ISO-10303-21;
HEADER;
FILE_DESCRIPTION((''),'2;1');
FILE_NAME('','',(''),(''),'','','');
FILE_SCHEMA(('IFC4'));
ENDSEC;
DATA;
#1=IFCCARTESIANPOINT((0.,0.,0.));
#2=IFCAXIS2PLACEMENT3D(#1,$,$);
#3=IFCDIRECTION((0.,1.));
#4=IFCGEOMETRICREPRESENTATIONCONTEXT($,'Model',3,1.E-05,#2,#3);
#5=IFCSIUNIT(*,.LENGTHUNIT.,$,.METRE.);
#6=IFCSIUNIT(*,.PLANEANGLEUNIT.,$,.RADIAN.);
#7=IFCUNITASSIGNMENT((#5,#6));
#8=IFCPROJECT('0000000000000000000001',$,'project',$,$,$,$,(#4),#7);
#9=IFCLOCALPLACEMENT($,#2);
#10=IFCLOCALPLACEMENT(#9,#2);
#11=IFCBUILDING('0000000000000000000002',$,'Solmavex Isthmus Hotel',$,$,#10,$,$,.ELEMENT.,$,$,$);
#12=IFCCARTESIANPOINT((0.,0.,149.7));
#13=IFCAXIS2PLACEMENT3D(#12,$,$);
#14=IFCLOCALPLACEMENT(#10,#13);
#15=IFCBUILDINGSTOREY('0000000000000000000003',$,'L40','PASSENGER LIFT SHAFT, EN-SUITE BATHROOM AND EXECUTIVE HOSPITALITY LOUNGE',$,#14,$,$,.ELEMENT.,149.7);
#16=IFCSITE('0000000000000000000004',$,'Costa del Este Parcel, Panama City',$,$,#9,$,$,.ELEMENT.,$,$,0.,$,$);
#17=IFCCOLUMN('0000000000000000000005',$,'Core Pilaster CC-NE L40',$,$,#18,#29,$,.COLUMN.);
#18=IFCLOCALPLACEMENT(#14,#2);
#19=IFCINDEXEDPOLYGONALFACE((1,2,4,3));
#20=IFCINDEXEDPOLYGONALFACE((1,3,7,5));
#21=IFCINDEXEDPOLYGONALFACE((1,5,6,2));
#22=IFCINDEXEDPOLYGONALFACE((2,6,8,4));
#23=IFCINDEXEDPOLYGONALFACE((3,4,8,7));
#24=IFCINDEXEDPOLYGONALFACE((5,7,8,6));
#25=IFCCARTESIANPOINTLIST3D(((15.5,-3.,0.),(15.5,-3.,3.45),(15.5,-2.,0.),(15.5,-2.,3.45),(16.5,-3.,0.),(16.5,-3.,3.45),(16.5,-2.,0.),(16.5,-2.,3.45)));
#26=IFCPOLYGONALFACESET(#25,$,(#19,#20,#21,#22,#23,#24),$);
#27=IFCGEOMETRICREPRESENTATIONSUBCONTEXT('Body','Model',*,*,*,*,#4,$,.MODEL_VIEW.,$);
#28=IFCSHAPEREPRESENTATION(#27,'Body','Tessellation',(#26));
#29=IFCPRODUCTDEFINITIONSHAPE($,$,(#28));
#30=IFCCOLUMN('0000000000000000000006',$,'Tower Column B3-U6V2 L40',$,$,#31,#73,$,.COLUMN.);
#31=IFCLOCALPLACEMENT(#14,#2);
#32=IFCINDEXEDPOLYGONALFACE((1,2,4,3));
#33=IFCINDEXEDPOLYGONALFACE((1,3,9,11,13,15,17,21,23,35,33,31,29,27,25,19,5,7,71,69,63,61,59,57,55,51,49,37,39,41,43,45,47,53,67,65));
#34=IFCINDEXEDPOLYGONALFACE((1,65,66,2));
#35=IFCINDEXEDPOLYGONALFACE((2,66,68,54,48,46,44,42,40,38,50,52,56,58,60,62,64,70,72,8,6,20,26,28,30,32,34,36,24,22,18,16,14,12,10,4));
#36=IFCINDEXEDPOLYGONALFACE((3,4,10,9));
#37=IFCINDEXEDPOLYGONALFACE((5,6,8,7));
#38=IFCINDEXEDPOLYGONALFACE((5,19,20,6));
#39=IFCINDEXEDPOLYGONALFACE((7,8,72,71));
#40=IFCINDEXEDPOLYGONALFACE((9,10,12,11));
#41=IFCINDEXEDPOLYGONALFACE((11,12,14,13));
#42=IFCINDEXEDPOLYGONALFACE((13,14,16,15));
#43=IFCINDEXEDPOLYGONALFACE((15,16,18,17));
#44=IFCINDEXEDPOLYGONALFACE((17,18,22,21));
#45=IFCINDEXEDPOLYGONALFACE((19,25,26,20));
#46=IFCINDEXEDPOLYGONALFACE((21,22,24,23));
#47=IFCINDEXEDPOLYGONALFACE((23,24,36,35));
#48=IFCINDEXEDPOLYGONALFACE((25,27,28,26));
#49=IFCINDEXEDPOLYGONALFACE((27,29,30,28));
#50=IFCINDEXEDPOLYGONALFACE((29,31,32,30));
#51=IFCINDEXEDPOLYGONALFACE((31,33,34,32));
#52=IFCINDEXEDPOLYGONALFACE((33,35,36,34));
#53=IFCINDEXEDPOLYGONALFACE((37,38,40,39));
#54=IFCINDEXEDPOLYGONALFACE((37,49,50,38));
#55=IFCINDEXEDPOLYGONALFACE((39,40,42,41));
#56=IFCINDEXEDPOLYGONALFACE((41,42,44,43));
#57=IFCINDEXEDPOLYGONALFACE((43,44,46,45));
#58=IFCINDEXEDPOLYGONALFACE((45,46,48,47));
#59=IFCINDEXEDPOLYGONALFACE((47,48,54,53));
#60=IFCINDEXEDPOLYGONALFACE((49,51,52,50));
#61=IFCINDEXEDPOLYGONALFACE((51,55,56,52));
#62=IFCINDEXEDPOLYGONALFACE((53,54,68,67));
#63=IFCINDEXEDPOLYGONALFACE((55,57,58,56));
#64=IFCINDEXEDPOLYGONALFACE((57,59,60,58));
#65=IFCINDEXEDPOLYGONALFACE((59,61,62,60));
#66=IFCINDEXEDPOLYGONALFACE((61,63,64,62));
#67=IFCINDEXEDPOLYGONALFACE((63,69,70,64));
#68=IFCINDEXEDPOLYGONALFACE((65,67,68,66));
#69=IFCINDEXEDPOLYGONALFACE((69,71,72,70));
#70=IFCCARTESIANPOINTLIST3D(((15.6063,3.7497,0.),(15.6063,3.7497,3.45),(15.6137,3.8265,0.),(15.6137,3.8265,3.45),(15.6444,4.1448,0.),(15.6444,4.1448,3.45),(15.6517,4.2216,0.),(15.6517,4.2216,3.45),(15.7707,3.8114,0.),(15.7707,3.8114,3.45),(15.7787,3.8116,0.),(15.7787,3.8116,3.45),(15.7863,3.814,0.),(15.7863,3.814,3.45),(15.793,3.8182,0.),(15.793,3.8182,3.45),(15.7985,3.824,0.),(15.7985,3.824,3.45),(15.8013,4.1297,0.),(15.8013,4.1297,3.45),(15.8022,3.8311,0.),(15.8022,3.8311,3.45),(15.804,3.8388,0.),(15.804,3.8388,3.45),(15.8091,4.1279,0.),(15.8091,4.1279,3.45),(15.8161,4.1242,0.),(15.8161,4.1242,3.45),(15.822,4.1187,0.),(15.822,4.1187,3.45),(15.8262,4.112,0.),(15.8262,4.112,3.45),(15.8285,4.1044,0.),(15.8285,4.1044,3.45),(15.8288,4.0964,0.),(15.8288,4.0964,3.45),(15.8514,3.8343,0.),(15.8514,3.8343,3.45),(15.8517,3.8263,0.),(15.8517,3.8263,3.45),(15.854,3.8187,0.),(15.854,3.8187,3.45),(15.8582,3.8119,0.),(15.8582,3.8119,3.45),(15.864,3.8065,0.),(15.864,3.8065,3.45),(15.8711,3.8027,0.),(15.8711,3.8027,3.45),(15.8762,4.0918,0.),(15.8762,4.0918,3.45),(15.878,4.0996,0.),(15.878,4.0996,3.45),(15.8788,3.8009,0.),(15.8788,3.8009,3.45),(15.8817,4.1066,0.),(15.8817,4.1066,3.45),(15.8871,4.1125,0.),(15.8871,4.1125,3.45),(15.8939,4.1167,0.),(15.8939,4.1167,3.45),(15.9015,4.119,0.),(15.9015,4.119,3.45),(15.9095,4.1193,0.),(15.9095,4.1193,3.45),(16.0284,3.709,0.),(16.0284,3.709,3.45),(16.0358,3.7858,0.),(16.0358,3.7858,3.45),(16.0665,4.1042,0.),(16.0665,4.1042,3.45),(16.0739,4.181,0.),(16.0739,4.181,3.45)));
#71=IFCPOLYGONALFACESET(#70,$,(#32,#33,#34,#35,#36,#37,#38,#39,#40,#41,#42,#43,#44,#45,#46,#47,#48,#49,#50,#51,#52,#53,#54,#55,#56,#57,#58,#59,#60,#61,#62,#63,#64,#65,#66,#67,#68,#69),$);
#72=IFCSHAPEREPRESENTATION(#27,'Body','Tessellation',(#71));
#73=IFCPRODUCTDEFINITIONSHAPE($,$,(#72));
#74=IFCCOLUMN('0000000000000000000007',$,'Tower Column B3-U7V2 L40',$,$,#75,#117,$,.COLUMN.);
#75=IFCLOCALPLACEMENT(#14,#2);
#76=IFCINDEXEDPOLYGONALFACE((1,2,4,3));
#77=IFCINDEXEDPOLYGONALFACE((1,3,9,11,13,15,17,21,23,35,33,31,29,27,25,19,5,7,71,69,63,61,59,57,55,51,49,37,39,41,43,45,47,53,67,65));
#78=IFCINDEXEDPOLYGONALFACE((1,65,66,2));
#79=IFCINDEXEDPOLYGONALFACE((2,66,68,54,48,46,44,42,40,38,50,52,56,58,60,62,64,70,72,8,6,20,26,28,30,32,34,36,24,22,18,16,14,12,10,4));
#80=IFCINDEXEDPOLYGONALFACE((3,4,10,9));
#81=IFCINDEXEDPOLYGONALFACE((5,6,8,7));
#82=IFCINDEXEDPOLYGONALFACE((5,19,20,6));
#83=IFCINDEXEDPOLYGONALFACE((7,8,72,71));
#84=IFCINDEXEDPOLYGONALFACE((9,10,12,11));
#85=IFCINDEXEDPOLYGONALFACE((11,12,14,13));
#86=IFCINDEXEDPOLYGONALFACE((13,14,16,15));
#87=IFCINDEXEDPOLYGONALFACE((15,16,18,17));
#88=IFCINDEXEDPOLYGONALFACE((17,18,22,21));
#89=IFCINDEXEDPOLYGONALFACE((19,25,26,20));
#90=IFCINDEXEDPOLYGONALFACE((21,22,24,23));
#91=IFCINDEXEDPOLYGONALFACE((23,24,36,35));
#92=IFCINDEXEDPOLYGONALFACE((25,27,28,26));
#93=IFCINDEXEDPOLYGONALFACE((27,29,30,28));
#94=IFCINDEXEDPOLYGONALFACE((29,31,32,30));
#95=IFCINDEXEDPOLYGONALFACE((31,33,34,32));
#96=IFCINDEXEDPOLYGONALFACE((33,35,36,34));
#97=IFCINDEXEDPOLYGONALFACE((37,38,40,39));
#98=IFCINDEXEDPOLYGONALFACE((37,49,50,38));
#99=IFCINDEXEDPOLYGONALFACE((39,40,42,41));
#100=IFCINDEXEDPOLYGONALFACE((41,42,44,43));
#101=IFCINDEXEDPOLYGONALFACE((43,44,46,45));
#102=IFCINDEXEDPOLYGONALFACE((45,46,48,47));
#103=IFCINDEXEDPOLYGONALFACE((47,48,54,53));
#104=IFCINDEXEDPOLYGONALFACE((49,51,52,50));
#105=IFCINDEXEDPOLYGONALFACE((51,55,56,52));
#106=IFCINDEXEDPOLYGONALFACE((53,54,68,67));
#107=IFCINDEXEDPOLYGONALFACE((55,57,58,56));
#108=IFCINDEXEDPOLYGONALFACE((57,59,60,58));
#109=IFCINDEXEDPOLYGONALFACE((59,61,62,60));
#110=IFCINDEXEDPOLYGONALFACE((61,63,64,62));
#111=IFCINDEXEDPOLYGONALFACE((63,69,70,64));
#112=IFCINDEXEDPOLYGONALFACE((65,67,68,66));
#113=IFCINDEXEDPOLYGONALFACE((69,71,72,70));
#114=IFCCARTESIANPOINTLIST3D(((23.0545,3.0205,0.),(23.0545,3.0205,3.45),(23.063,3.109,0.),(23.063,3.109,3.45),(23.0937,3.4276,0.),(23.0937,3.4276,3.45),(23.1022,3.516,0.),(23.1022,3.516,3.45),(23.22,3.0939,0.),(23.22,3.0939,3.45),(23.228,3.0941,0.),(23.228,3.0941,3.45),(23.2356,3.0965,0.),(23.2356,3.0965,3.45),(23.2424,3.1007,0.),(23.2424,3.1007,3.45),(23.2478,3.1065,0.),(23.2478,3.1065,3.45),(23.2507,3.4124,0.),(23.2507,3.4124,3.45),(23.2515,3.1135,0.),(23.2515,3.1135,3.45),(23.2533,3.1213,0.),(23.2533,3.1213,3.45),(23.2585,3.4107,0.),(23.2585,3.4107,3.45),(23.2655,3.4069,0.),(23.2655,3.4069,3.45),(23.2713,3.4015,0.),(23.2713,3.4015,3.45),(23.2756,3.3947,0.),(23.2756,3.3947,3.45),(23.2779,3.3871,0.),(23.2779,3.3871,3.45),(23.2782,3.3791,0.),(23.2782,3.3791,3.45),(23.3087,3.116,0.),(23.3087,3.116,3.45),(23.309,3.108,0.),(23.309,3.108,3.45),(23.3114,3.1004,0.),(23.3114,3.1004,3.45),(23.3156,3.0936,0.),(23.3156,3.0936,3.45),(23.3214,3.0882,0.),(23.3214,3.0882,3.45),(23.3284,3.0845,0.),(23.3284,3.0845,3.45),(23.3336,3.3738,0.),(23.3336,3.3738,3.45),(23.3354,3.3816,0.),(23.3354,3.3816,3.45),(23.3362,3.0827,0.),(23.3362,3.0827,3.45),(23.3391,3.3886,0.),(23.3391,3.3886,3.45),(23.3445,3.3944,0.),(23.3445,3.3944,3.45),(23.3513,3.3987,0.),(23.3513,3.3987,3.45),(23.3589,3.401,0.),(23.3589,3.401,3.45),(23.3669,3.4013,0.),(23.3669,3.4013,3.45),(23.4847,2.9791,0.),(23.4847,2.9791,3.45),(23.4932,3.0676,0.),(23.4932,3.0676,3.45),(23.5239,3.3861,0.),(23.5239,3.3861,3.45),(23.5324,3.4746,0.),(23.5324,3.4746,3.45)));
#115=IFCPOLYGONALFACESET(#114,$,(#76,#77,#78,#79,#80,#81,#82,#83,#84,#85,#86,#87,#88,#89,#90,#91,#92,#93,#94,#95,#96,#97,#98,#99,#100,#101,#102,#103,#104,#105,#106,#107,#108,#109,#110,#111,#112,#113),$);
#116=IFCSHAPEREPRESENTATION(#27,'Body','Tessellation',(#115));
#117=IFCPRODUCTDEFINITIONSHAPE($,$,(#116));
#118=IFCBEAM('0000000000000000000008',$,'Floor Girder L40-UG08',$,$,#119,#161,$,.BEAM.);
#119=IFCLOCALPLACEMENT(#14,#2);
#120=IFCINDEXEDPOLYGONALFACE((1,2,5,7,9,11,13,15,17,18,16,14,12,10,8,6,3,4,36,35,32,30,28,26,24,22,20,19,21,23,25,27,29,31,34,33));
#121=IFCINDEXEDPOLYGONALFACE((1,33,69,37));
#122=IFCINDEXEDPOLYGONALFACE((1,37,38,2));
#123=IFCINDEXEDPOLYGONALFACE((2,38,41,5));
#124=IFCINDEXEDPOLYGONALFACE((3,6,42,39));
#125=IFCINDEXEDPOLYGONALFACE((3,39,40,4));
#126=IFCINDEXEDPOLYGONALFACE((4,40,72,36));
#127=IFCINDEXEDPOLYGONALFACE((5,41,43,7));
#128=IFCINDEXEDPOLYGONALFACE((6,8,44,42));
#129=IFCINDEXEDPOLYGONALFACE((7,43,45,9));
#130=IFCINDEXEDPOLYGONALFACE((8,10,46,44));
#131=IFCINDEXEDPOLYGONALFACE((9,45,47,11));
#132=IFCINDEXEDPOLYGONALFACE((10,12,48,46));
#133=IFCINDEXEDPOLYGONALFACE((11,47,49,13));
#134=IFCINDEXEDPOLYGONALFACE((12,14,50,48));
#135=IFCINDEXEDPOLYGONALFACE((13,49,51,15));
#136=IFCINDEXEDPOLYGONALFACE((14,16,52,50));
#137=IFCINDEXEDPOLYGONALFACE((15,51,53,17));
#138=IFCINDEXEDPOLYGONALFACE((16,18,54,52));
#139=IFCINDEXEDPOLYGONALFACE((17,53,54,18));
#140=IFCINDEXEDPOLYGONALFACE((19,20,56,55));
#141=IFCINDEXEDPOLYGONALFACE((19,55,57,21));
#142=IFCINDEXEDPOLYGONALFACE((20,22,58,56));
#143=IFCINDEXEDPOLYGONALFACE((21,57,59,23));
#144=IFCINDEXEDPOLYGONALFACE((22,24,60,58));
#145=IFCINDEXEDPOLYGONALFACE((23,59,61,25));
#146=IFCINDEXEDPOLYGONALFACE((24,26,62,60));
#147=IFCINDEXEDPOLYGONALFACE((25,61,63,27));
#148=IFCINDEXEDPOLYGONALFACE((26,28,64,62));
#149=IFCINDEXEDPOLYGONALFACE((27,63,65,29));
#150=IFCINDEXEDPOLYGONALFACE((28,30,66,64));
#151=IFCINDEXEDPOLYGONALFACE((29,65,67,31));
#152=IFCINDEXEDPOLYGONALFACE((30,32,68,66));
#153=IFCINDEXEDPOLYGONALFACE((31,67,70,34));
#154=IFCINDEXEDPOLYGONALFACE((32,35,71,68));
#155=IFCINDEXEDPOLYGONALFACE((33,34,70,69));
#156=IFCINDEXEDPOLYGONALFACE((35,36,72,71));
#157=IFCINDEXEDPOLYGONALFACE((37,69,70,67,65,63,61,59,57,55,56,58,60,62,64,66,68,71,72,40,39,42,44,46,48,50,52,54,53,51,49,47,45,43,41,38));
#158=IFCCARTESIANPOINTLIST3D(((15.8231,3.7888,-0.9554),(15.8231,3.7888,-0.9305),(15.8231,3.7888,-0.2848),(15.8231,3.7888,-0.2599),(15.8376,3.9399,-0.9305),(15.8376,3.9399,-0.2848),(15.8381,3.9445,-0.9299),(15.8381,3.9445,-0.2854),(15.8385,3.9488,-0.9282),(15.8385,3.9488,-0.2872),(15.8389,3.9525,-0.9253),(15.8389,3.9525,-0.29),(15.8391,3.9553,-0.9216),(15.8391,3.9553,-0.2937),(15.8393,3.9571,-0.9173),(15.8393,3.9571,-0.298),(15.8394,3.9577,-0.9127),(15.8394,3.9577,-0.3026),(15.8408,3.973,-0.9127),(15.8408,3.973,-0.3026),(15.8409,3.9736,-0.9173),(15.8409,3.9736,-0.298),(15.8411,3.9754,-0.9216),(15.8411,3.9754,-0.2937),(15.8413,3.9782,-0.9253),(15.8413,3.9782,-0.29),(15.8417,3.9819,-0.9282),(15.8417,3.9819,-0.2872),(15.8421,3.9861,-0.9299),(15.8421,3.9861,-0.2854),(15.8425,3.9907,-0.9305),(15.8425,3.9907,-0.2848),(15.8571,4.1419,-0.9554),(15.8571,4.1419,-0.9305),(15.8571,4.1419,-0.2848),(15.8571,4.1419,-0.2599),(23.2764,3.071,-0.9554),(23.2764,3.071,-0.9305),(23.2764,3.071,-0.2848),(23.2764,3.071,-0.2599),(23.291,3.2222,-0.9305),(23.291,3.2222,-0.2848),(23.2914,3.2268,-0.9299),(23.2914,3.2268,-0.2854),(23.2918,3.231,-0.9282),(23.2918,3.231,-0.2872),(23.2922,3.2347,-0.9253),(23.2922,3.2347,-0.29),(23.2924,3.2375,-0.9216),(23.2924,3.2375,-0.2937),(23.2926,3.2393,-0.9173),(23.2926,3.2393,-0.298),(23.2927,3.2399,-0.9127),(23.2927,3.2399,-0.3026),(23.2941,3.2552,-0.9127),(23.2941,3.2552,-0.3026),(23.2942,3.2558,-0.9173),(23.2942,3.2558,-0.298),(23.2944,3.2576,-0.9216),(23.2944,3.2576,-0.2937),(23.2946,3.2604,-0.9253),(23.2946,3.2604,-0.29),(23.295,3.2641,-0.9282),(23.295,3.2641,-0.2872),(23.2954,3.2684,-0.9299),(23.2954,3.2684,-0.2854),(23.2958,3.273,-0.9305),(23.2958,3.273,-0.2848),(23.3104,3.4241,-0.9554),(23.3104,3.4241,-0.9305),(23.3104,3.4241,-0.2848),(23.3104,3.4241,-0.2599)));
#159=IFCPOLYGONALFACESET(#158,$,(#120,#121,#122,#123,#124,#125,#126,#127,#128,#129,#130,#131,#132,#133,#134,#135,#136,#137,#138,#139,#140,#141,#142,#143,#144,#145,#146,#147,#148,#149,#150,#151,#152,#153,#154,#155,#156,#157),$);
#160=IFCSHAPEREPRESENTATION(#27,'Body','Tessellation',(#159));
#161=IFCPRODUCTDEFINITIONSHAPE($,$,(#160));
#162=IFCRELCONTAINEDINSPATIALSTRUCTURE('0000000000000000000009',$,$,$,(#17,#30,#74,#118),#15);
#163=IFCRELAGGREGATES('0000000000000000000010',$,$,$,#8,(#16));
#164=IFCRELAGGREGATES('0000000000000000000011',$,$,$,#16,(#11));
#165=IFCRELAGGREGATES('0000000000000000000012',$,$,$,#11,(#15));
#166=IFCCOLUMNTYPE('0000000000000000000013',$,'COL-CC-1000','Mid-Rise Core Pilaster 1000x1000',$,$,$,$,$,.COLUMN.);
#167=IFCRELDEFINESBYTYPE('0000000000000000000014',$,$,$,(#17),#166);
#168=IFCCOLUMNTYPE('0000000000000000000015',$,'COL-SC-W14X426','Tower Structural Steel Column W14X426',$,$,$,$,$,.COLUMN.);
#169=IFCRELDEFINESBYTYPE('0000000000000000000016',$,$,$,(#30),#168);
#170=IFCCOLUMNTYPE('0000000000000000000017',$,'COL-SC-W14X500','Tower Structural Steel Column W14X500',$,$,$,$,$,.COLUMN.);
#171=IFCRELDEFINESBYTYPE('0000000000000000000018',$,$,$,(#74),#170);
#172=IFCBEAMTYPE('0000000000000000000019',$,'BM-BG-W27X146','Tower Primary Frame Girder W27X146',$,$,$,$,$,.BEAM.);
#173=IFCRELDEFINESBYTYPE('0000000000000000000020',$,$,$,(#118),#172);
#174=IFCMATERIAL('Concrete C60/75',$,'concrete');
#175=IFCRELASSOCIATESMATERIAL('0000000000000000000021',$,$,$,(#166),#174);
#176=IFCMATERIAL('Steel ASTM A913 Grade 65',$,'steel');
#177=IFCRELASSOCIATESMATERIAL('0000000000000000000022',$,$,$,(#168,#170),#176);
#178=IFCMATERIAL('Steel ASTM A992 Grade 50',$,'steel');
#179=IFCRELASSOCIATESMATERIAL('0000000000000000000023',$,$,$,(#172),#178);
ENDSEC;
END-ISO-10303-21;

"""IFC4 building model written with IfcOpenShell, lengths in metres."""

from ifc_helpers import new_model, si_unit, direction, frame, origin, origin_2d, place, context, subcontext, project, spatial, rectangle, i_section, extrude, material, material_profile, profile_set, type_object, element, save


model = new_model("IFC4")

# Units and contexts
model_context = context("Model", 3, precision=1e-05, world=origin(), true_north=direction((0.0, 1.0)))
body_context = subcontext(model_context, "Body", "Model", "MODEL_VIEW")
ifc_project = project(units=[si_unit("LENGTHUNIT", "METRE"), si_unit("PLANEANGLEUNIT", "RADIAN")], contexts=[model_context])

# Site, building, storey
site_placement = place(None, origin())
site = spatial("IfcSite", under=ifc_project, at=site_placement, Name="Costa del Este Parcel, Panama City", CompositionType="ELEMENT", RefElevation=0.0)
building_placement = place(site_placement, origin())
building = spatial("IfcBuilding", under=site, at=building_placement, Name="Solmavex Isthmus Hotel", CompositionType="ELEMENT")
storey_placement = place(building_placement, frame((0.0, 0.0, 149.7)))
storey = spatial("IfcBuildingStorey", under=building, at=storey_placement, Name="L40", Description="PASSENGER LIFT SHAFT, EN-SUITE BATHROOM AND EXECUTIVE HOSPITALITY LOUNGE", CompositionType="ELEMENT", Elevation=149.7)

# Columns
ifc_material_1 = material(Name="Concrete C60/75", Category="concrete")
ifc_material_profile_1 = material_profile(ifc_material_1, rectangle(XDim=1.0, YDim=1.0, at=origin_2d()), Name="RC1000X1000")
ifc_profile_set_1 = profile_set([ifc_material_profile_1], Name="Concrete C60/75")
column_type_1 = type_object("IfcColumnType", Name="COL-CC-1000", Description="Mid-Rise Core Pilaster 1000x1000", PredefinedType="COLUMN", material=ifc_profile_set_1)
column_1_placement = place(storey_placement, frame((16.0, -2.5, 0.0), z_axis=(0.0, 0.0, 1.0), x_axis=(1.0, 0.0, 0.0)))
element("IfcColumn", 1, at=column_1_placement, inside=storey, type_object=column_type_1, Name="Core Pilaster CC-NE L40", PredefinedType="COLUMN", context=body_context, shape_type="SweptSolid", body=[
    extrude(rectangle(XDim=1.0, YDim=1.0, at=origin_2d()), origin(), (0.0, 0.0, 1.0), 3.45),
])
ifc_material_2 = material(Name="Steel ASTM A913 Grade 65", Category="steel")
ifc_material_profile_2 = material_profile(ifc_material_2, i_section(OverallWidth=0.4241, OverallDepth=0.4741, WebThickness=0.0476, FlangeThickness=0.0771, FilletRadius=0.0305, at=origin_2d()), Name="W14X426")
ifc_profile_set_2 = profile_set([ifc_material_profile_2], Name="Steel ASTM A913 Grade 65")
column_type_2 = type_object("IfcColumnType", Name="COL-SC-W14X426", Description="Tower Structural Steel Column W14X426", PredefinedType="COLUMN", material=ifc_profile_set_2)
column_2_placement = place(storey_placement, frame((15.8401, 3.9653, 0.0), z_axis=(0.0, 0.0, 1.0), x_axis=(0.995396, -0.095846, 0.0)))
element("IfcColumn", 2, at=column_2_placement, inside=storey, type_object=column_type_2, Name="Tower Column B3-U6V2 L40", PredefinedType="COLUMN", context=body_context, shape_type="SweptSolid", body=[
    extrude(i_section(OverallWidth=0.4241, OverallDepth=0.4741, WebThickness=0.0476, FlangeThickness=0.0771, FilletRadius=0.0305, at=origin_2d()), origin(), (0.0, 0.0, 1.0), 3.45),
])
ifc_material_profile_3 = material_profile(ifc_material_2, i_section(OverallWidth=0.4321, OverallDepth=0.4978, WebThickness=0.0557, FlangeThickness=0.0889, FilletRadius=0.0305, at=origin_2d()), Name="W14X500")
ifc_profile_set_3 = profile_set([ifc_material_profile_3], Name="Steel ASTM A913 Grade 65")
column_type_3 = type_object("IfcColumnType", Name="COL-SC-W14X500", Description="Tower Structural Steel Column W14X500", PredefinedType="COLUMN", material=ifc_profile_set_3)
column_3_placement = place(storey_placement, frame((23.2935, 3.2476, 0.0), z_axis=(0.0, 0.0, 1.0), x_axis=(0.995396, -0.095846, 0.0)))
element("IfcColumn", 3, at=column_3_placement, inside=storey, type_object=column_type_3, Name="Tower Column B3-U7V2 L40", PredefinedType="COLUMN", context=body_context, shape_type="SweptSolid", body=[
    extrude(i_section(OverallWidth=0.4321, OverallDepth=0.4978, WebThickness=0.0557, FlangeThickness=0.0889, FilletRadius=0.0305, at=origin_2d()), origin(), (0.0, 0.0, 1.0), 3.45),
])

# Beam
ifc_material_3 = material(Name="Steel ASTM A992 Grade 50", Category="steel")
ifc_material_profile_4 = material_profile(ifc_material_3, i_section(OverallWidth=0.3547, OverallDepth=0.6956, WebThickness=0.0154, FlangeThickness=0.0249, FilletRadius=0.0178, at=origin_2d()), Name="W27X146")
ifc_profile_set_4 = profile_set([ifc_material_profile_4], Name="Steel ASTM A992 Grade 50")
beam_type_1 = type_object("IfcBeamType", Name="BM-BG-W27X146", Description="Tower Primary Frame Girder W27X146", PredefinedType="BEAM", material=ifc_profile_set_4)
beam_1_placement = place(storey_placement, frame((15.8401, 3.9653, -0.6077), z_axis=(0.995395, -0.095858, 0.0), x_axis=(0.095858, 0.995395, 0.0)))
element("IfcBeam", 4, at=beam_1_placement, inside=storey, type_object=beam_type_1, Name="Floor Girder L40-UG08", PredefinedType="BEAM", context=body_context, shape_type="SweptSolid", body=[
    extrude(i_section(OverallWidth=0.3547, OverallDepth=0.6956, WebThickness=0.0154, FlangeThickness=0.0249, FilletRadius=0.0178, at=origin_2d()), origin(), (0.0, 0.0, 1.0), 7.4878),
])

save(model, "model.ifc")
